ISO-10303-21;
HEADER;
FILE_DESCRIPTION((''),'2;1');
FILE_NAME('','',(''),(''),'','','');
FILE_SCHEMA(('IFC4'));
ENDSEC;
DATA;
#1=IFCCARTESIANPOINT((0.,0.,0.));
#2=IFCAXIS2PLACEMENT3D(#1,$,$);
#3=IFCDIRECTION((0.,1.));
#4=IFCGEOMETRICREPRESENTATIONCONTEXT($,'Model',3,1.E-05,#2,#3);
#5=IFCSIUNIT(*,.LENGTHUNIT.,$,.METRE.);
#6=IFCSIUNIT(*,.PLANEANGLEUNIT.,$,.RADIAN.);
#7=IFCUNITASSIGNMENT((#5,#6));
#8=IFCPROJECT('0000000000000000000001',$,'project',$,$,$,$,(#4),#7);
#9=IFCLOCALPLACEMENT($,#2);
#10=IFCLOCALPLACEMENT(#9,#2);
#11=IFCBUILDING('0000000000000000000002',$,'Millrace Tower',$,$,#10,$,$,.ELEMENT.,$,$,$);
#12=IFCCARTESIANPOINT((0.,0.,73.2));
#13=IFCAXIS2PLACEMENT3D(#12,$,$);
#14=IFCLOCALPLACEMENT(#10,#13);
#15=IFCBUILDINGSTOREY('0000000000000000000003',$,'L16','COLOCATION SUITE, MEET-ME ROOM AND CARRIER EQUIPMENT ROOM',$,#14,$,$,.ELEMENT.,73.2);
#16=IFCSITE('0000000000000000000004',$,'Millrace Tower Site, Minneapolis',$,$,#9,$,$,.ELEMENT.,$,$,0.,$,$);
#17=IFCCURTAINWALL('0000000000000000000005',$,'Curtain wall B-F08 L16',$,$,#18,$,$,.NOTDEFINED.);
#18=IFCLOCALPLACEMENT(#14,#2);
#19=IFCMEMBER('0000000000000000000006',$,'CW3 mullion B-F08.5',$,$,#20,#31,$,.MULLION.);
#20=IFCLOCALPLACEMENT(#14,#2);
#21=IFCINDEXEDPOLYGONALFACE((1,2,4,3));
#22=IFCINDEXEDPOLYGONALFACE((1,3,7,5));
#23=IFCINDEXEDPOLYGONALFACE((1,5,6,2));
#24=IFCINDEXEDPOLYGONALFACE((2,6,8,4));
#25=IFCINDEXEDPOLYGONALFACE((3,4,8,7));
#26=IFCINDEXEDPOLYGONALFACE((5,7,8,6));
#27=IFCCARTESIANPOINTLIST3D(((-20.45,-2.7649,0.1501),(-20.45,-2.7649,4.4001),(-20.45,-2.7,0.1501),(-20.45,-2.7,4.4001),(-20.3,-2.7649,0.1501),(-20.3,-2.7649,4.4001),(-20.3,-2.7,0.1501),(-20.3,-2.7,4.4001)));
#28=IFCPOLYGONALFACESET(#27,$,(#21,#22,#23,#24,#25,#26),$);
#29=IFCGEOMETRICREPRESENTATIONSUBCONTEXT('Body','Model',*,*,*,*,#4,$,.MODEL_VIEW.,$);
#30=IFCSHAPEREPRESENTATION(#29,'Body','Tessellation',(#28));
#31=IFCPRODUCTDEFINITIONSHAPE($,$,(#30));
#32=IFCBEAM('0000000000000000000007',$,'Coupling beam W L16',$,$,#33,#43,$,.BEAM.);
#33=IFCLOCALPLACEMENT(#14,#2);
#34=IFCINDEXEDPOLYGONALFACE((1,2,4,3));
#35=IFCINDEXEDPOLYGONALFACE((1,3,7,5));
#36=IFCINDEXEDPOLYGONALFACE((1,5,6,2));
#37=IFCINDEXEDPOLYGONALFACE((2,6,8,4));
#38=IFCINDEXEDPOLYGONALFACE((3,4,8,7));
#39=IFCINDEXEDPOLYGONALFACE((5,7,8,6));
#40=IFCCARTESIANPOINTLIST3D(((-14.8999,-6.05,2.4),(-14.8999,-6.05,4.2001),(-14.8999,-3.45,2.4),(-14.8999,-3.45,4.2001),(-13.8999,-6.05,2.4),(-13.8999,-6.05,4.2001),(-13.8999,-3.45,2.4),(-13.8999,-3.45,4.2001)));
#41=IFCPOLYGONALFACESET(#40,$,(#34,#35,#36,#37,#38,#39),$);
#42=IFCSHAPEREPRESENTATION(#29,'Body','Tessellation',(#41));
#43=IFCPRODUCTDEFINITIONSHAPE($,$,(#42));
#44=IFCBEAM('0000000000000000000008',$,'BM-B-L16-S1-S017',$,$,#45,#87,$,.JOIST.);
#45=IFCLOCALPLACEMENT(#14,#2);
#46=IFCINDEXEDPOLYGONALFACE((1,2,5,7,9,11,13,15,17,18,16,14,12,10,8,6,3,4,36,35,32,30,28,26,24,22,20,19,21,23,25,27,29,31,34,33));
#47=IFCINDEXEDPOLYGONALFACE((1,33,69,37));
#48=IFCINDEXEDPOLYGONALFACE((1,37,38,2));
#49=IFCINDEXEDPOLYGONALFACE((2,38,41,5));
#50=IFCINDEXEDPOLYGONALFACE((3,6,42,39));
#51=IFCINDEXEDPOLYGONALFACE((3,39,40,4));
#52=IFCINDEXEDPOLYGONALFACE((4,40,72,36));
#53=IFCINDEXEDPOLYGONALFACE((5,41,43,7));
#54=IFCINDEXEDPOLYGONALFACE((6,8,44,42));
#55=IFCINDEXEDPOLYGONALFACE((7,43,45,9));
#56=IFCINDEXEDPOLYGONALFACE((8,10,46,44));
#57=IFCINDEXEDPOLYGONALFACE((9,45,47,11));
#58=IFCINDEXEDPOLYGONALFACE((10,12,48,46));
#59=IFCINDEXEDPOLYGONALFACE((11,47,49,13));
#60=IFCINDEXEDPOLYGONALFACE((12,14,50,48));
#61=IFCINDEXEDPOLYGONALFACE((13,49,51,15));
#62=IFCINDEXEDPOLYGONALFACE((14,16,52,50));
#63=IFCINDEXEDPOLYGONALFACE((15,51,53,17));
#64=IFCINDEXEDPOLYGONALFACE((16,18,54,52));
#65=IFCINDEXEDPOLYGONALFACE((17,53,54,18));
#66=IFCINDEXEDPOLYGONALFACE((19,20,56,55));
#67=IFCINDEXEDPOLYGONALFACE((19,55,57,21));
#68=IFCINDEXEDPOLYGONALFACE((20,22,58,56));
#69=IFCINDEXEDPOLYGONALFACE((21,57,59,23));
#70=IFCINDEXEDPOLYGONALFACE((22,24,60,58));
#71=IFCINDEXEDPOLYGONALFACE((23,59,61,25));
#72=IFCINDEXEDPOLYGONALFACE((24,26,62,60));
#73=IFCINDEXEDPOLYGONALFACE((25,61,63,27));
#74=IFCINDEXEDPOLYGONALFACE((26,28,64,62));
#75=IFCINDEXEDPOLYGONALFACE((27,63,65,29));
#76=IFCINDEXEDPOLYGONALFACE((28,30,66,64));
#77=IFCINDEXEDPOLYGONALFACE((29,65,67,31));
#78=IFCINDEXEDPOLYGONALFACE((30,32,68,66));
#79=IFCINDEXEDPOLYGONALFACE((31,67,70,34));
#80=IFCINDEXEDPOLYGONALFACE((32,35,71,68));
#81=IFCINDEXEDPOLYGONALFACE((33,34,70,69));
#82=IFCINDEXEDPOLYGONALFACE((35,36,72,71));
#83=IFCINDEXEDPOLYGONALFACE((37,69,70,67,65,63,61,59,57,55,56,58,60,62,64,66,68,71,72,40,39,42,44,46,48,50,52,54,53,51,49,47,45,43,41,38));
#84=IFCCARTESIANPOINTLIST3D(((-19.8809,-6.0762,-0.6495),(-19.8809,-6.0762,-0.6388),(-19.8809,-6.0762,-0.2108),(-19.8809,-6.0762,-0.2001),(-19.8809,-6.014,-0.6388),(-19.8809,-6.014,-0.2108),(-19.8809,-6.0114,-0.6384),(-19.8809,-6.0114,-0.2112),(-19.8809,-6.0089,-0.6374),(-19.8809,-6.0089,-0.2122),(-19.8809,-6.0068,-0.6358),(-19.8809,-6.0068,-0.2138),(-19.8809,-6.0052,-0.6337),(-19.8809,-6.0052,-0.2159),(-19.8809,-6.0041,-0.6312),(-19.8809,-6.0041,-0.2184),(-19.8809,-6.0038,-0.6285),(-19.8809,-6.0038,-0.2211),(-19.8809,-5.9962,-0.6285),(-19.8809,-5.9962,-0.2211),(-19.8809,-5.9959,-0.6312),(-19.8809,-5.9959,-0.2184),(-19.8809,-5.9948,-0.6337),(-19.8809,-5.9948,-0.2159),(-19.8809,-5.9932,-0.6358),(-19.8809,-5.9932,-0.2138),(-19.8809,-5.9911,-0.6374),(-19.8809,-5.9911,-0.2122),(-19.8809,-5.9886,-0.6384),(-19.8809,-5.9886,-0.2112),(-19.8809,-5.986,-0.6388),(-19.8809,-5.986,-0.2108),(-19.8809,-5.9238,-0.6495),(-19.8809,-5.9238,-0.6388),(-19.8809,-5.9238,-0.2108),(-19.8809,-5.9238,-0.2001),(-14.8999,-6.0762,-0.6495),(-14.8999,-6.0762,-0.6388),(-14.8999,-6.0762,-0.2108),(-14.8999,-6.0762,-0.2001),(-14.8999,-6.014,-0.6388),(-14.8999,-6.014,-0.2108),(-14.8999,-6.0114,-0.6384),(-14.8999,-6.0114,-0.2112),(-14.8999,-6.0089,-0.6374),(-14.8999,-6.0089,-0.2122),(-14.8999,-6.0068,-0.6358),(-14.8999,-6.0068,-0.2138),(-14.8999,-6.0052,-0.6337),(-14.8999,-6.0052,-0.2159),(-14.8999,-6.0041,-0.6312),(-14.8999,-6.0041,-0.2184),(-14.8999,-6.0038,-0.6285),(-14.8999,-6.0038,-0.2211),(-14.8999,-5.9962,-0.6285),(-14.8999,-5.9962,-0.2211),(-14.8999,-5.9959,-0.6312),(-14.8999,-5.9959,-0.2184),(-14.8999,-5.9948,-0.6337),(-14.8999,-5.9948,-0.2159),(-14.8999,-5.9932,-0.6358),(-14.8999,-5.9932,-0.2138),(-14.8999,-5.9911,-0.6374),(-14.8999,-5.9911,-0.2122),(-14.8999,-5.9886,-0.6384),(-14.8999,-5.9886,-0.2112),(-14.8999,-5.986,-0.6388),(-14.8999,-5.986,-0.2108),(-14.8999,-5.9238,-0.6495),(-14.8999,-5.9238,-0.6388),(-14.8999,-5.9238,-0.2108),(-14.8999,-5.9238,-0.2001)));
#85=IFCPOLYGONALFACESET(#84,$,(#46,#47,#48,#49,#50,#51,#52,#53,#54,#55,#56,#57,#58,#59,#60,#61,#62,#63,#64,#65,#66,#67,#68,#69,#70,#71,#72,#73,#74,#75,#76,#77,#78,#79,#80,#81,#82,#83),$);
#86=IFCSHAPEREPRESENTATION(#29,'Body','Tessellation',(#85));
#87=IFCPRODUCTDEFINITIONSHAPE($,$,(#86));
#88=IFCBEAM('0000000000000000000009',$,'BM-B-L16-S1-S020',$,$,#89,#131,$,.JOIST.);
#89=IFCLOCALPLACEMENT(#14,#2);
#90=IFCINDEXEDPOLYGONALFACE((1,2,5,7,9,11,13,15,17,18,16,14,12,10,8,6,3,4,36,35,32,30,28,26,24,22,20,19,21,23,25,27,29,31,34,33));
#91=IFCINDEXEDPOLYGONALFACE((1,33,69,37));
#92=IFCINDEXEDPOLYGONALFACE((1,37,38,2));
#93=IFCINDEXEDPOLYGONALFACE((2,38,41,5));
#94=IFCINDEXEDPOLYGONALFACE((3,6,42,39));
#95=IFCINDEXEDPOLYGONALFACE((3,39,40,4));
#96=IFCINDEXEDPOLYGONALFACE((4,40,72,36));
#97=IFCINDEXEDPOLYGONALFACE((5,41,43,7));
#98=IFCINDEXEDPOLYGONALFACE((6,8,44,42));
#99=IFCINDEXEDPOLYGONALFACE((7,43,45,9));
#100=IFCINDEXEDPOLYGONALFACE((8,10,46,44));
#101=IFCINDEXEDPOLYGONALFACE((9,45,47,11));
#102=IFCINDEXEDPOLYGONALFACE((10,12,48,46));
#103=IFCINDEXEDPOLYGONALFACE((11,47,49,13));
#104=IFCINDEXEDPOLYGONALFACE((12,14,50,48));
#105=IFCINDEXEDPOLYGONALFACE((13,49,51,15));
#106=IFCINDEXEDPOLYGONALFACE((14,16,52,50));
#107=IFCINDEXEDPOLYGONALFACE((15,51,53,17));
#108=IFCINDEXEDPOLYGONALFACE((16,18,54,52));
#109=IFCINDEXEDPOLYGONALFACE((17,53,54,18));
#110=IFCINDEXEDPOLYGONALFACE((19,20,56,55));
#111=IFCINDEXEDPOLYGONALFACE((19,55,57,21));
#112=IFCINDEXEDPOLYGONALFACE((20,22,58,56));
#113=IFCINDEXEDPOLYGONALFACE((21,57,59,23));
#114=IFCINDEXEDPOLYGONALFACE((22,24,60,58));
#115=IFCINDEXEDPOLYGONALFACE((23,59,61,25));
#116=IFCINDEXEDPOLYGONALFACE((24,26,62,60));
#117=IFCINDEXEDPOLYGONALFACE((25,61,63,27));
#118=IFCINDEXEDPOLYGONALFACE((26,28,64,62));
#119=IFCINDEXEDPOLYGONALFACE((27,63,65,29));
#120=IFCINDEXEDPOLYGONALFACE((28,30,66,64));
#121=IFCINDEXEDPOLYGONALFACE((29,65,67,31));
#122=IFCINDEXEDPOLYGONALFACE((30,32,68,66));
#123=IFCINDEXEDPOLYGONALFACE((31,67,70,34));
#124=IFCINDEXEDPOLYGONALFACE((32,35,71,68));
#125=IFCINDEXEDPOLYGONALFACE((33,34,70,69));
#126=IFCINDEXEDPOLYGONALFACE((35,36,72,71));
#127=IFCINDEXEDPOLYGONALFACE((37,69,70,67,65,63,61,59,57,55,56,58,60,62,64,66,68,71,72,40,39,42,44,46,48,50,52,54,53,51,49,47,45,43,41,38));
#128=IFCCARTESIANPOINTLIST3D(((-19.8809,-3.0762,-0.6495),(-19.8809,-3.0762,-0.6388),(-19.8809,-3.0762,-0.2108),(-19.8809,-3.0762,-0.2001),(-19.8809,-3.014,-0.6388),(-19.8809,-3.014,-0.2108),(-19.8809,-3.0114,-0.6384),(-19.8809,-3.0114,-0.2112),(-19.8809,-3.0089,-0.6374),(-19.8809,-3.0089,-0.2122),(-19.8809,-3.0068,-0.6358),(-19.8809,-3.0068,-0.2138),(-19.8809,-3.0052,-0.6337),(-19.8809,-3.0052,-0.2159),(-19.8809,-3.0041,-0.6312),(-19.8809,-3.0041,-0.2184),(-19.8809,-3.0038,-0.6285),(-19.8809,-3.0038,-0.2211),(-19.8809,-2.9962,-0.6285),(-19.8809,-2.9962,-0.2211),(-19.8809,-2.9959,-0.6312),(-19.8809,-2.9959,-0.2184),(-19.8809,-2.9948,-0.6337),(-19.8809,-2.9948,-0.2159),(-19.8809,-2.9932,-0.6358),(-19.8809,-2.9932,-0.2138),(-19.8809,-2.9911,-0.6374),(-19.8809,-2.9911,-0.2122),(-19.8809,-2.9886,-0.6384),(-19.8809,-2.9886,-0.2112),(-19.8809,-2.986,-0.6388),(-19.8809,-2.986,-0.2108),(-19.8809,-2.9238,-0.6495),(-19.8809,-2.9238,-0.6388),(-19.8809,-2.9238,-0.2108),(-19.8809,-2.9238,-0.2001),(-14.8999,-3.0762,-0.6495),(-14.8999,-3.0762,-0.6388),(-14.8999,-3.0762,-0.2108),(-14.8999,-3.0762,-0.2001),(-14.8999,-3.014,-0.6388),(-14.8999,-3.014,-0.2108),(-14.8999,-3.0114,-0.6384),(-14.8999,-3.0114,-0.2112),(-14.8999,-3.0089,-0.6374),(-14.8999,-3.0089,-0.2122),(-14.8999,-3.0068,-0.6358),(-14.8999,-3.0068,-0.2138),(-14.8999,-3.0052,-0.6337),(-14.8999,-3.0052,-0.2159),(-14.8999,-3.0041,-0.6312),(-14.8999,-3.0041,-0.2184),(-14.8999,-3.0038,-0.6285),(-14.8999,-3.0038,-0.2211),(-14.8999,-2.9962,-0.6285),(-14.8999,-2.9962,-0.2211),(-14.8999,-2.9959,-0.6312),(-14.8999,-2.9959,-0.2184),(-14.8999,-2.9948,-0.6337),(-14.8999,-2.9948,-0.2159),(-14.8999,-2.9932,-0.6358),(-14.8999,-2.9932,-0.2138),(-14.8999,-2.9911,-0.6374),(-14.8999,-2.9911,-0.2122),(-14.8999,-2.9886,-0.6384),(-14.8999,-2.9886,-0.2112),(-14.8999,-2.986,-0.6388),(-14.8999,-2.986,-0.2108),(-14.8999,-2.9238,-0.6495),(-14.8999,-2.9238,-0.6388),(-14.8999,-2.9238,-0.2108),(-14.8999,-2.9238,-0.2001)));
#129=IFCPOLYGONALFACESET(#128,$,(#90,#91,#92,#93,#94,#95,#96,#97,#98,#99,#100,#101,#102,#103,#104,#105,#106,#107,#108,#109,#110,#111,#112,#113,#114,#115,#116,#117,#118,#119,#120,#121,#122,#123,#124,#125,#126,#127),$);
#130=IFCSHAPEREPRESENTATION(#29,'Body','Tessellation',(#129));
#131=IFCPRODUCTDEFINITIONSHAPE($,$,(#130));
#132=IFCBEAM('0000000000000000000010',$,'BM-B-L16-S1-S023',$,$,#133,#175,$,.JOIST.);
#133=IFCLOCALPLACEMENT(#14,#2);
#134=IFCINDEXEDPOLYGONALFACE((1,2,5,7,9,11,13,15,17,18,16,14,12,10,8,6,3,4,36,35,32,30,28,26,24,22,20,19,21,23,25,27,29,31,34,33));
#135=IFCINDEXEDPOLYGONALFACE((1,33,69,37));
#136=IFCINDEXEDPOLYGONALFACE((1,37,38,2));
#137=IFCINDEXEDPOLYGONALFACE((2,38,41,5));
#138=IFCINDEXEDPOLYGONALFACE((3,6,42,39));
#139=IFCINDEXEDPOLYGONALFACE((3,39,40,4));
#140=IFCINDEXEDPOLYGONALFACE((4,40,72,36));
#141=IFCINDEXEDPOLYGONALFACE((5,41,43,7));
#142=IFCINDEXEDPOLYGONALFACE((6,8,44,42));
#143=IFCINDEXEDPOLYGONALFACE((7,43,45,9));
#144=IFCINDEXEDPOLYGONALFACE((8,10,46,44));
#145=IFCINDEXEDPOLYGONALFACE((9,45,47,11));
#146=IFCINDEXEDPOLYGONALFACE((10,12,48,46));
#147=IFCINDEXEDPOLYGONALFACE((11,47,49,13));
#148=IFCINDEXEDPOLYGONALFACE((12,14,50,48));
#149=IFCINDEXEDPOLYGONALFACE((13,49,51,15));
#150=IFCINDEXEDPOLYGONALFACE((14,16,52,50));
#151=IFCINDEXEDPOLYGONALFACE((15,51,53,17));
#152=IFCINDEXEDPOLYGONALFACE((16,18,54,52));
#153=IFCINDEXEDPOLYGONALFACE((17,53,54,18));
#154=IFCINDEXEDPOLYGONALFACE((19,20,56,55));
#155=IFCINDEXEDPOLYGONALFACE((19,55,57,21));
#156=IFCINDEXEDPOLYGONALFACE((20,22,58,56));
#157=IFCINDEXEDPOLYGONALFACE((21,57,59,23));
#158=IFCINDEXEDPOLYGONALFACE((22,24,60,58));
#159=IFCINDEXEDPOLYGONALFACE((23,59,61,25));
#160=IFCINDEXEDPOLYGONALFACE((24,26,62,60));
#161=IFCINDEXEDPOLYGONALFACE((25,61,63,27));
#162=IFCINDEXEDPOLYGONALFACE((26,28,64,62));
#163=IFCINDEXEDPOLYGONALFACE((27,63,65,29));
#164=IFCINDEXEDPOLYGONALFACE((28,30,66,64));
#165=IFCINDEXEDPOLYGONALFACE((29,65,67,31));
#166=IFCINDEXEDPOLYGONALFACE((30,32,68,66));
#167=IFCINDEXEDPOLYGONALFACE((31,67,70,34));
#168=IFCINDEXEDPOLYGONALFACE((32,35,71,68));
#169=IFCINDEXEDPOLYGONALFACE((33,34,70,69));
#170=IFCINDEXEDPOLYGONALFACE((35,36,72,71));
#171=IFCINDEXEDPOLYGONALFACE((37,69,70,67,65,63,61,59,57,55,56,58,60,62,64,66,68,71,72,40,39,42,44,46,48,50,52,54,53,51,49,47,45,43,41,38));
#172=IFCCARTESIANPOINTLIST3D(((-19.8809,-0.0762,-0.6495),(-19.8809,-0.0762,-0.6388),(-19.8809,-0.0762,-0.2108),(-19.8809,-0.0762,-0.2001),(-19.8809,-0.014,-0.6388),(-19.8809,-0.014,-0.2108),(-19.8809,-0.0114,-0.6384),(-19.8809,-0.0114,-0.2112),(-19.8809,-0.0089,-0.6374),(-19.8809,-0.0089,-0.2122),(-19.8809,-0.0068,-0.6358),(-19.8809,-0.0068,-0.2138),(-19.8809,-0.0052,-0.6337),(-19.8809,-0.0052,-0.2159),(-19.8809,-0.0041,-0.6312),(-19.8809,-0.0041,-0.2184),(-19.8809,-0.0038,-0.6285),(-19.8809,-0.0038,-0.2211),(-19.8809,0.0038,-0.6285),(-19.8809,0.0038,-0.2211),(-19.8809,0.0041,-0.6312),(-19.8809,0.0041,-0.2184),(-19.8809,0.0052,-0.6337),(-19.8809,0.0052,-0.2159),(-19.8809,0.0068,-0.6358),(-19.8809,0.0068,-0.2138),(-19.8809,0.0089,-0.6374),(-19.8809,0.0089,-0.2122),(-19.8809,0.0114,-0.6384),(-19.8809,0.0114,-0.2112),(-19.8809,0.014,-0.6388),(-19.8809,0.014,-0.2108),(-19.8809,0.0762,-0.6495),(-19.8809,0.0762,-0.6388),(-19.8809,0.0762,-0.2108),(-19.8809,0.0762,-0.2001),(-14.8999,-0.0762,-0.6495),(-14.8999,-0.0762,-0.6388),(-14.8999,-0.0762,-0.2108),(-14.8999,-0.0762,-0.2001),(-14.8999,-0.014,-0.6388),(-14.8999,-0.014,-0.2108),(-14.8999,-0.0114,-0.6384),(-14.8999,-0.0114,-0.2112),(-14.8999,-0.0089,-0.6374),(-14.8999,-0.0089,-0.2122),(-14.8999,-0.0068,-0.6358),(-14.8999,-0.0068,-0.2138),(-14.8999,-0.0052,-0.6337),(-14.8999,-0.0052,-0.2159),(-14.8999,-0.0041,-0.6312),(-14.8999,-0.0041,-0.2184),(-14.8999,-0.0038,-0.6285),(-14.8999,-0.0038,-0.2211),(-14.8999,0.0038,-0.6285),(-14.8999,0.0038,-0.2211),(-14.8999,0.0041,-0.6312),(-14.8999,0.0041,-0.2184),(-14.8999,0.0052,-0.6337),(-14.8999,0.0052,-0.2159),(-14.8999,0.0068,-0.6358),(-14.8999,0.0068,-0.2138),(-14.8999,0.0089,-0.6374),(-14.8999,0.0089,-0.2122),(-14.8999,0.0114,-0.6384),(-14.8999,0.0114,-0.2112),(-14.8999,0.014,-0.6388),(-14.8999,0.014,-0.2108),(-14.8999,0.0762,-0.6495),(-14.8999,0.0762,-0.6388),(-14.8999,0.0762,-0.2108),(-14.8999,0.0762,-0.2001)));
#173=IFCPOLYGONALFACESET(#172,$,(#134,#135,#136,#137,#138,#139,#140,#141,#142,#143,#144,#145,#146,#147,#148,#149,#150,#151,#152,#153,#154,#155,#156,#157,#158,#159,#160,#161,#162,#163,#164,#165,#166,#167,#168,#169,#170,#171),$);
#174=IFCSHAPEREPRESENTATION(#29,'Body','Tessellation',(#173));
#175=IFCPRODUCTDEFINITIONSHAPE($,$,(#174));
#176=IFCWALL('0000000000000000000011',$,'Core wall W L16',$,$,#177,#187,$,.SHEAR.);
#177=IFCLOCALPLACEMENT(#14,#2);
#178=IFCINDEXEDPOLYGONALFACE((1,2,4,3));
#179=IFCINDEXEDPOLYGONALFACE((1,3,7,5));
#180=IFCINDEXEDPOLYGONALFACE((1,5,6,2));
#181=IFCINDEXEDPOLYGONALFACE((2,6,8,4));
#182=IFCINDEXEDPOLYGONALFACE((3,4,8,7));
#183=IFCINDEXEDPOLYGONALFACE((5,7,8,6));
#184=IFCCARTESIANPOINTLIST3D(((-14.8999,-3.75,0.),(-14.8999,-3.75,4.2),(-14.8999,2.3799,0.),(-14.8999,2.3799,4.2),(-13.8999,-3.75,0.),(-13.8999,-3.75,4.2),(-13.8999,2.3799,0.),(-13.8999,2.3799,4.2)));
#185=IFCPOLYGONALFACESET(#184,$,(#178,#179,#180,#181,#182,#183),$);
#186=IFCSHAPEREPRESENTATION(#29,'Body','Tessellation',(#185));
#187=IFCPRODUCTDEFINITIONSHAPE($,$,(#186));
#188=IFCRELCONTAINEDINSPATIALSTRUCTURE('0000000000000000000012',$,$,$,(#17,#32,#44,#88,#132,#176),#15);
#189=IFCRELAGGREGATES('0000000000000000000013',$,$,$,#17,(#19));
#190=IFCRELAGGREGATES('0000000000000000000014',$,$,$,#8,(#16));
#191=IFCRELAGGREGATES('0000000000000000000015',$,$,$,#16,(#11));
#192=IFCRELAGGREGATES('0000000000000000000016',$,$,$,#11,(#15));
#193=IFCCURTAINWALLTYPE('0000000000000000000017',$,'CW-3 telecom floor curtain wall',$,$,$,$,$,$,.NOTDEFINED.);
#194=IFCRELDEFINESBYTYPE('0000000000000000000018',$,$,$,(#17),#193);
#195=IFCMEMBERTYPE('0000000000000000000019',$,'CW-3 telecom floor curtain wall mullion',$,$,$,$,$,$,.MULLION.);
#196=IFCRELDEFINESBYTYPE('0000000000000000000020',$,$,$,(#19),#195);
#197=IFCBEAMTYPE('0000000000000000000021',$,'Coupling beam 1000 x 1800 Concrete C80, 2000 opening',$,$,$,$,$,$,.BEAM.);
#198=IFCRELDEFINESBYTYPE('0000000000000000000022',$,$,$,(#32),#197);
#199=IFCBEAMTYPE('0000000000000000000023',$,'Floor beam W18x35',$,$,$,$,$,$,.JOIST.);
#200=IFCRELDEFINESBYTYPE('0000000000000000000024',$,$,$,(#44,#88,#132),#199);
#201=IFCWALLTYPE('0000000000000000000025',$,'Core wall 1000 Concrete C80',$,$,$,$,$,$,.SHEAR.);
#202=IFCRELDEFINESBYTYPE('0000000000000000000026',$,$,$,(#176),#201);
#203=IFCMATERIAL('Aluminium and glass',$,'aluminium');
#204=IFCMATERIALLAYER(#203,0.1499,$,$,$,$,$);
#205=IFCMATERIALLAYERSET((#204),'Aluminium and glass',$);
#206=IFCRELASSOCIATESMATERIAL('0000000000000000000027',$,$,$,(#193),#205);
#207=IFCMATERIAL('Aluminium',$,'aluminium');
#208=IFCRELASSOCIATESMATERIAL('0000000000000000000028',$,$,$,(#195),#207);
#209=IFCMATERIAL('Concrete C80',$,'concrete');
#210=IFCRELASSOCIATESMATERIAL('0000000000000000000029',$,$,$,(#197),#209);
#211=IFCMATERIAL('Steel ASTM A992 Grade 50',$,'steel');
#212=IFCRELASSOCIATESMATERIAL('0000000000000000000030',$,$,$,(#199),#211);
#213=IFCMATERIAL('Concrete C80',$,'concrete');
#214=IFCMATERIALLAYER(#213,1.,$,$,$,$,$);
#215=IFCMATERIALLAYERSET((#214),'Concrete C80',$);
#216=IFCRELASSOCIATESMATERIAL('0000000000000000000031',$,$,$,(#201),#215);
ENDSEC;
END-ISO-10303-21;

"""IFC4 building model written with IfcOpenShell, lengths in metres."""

from ifc_helpers import new_model, si_unit, direction, frame, frame_2d, origin, origin_2d, place, context, subcontext, project, spatial, rectangle, i_section, extrude, material, layer, layer_set, material_profile, profile_set, type_object, element, aggregate, save


model = new_model("IFC4")

# Units and contexts
model_context = context("Model", 3, precision=1e-05, world=origin(), true_north=direction((0.0, 1.0)))
body_context = subcontext(model_context, "Body", "Model", "MODEL_VIEW")
ifc_project = project(units=[si_unit("LENGTHUNIT", "METRE"), si_unit("PLANEANGLEUNIT", "RADIAN")], contexts=[model_context])

# Site, building, storey
site_placement = place(None, origin())
site = spatial("IfcSite", under=ifc_project, at=site_placement, Name="Millrace Tower Site, Minneapolis", CompositionType="ELEMENT", RefElevation=0.0)
building_placement = place(site_placement, origin())
building = spatial("IfcBuilding", under=site, at=building_placement, Name="Millrace Tower", CompositionType="ELEMENT")
storey_placement = place(building_placement, frame((0.0, 0.0, 73.2)))
storey = spatial("IfcBuildingStorey", under=building, at=storey_placement, Name="L16", Description="COLOCATION SUITE, MEET-ME ROOM AND CARRIER EQUIPMENT ROOM", CompositionType="ELEMENT", Elevation=73.2)

# Curtain wall, member
ifc_material_1 = material(Name="Aluminium and glass", Category="aluminium")
ifc_layer_1 = layer(ifc_material_1, 0.1499)
ifc_layer_set_1 = layer_set([ifc_layer_1], Name="Aluminium and glass")
curtain_wall_type = type_object("IfcCurtainWallType", Name="CW-3 telecom floor curtain wall", PredefinedType="NOTDEFINED", material=ifc_layer_set_1)
curtain_wall_placement = place(storey_placement, origin())
curtain_wall = element("IfcCurtainWall", 1, at=curtain_wall_placement, inside=storey, type_object=curtain_wall_type, Name="Curtain wall B-F08 L16", PredefinedType="NOTDEFINED")
ifc_material_2 = material(Name="Aluminium", Category="aluminium")
ifc_material_profile_1 = material_profile(ifc_material_2, rectangle(XDim=0.0649, YDim=0.1499, at=origin_2d()))
ifc_profile_set_1 = profile_set([ifc_material_profile_1], Name="Aluminium")
member_type = type_object("IfcMemberType", Name="CW-3 telecom floor curtain wall mullion", PredefinedType="MULLION", material=ifc_profile_set_1)
member_placement = place(storey_placement, frame((-20.375, -2.7324, 0.1501), z_axis=(0.0, 0.0, 1.0), x_axis=(0.0, -1.0, 0.0)))
member = element("IfcMember", 2, at=member_placement, type_object=member_type, Name="CW3 mullion B-F08.5", PredefinedType="MULLION", context=body_context, shape_type="SweptSolid", body=[
    extrude(rectangle(XDim=0.0649, YDim=0.1499, at=origin_2d()), origin(), (0.0, 0.0, 1.0), 4.25),
])
aggregate(curtain_wall, [member])

# Beams
ifc_material_3 = material(Name="Concrete C80", Category="concrete")
ifc_material_profile_2 = material_profile(ifc_material_3, rectangle(XDim=1.0, YDim=1.8, at=origin_2d()))
ifc_profile_set_2 = profile_set([ifc_material_profile_2], Name="Concrete C80")
beam_type_1 = type_object("IfcBeamType", Name="Coupling beam 1000 x 1800 Concrete C80, 2000 opening", PredefinedType="BEAM", material=ifc_profile_set_2)
beam_placement = place(storey_placement, frame((-14.3999, -6.05, 3.3), z_axis=(0.0, 1.0, 0.0), x_axis=(-1.0, 0.0, 0.0)))
element("IfcBeam", 3, at=beam_placement, inside=storey, type_object=beam_type_1, Name="Coupling beam W L16", PredefinedType="BEAM", context=body_context, shape_type="SweptSolid", body=[
    extrude(rectangle(XDim=1.0, YDim=1.8, at=origin_2d()), origin(), (0.0, 0.0, 1.0), 2.6001),
])
ifc_material_4 = material(Name="Steel ASTM A992 Grade 50", Category="steel")
ifc_material_profile_3 = material_profile(ifc_material_4, i_section(OverallWidth=0.1523, OverallDepth=0.4495, WebThickness=0.0076, FlangeThickness=0.0107, FilletRadius=0.0103, at=origin_2d()))
ifc_profile_set_3 = profile_set([ifc_material_profile_3], Name="Steel ASTM A992 Grade 50")
beam_type_2 = type_object("IfcBeamType", Name="Floor beam W18x35", PredefinedType="JOIST", material=ifc_profile_set_3)
for number, where, z_axis, x_axis, name in (
    (4, (-19.8809, -6.0, -0.4248), (1.0, 0.0, 0.0), (0.0, 1.0, 0.0), "BM-B-L16-S1-S017"),
    (5, (-19.8809, -3.0, -0.4248), (1.0, 0.0, 0.0), (0.0, 1.0, 0.0), "BM-B-L16-S1-S020"),
    (6, (-19.8809, 0.0, -0.4248), (1.0, 0.0, 0.0), (0.0, 1.0, 0.0), "BM-B-L16-S1-S023"),
):
    element("IfcBeam", number, at=place(storey_placement, frame(where, z_axis=z_axis, x_axis=x_axis)), inside=storey, type_object=beam_type_2, Name=name, PredefinedType="JOIST", context=body_context, shape_type="SweptSolid", body=[
        extrude(i_section(OverallWidth=0.1523, OverallDepth=0.4495, WebThickness=0.0076, FlangeThickness=0.0107, FilletRadius=0.0103, at=origin_2d()), origin(), (0.0, 0.0, 1.0), 4.981),
    ])

# Wall
ifc_material_5 = material(Name="Concrete C80", Category="concrete")
ifc_layer_2 = layer(ifc_material_5, 1.0)
ifc_layer_set_2 = layer_set([ifc_layer_2], Name="Concrete C80")
wall_type_1 = type_object("IfcWallType", Name="Core wall 1000 Concrete C80", PredefinedType="SHEAR", material=ifc_layer_set_2)
wall_1_placement = place(storey_placement, frame((-14.3999, -3.75, 0.0), z_axis=(0.0, 0.0, 1.0), x_axis=(0.0, 1.0, 0.0)))
element("IfcWall", 7, at=wall_1_placement, inside=storey, type_object=wall_type_1, Name="Core wall W L16", PredefinedType="SHEAR", context=body_context, shape_type="SweptSolid", body=[
    extrude(rectangle(XDim=6.1299, YDim=1.0, at=frame_2d((3.0649, 0.0))), origin(), (0.0, 0.0, 1.0), 4.2),
])

save(model, "model.ifc")
